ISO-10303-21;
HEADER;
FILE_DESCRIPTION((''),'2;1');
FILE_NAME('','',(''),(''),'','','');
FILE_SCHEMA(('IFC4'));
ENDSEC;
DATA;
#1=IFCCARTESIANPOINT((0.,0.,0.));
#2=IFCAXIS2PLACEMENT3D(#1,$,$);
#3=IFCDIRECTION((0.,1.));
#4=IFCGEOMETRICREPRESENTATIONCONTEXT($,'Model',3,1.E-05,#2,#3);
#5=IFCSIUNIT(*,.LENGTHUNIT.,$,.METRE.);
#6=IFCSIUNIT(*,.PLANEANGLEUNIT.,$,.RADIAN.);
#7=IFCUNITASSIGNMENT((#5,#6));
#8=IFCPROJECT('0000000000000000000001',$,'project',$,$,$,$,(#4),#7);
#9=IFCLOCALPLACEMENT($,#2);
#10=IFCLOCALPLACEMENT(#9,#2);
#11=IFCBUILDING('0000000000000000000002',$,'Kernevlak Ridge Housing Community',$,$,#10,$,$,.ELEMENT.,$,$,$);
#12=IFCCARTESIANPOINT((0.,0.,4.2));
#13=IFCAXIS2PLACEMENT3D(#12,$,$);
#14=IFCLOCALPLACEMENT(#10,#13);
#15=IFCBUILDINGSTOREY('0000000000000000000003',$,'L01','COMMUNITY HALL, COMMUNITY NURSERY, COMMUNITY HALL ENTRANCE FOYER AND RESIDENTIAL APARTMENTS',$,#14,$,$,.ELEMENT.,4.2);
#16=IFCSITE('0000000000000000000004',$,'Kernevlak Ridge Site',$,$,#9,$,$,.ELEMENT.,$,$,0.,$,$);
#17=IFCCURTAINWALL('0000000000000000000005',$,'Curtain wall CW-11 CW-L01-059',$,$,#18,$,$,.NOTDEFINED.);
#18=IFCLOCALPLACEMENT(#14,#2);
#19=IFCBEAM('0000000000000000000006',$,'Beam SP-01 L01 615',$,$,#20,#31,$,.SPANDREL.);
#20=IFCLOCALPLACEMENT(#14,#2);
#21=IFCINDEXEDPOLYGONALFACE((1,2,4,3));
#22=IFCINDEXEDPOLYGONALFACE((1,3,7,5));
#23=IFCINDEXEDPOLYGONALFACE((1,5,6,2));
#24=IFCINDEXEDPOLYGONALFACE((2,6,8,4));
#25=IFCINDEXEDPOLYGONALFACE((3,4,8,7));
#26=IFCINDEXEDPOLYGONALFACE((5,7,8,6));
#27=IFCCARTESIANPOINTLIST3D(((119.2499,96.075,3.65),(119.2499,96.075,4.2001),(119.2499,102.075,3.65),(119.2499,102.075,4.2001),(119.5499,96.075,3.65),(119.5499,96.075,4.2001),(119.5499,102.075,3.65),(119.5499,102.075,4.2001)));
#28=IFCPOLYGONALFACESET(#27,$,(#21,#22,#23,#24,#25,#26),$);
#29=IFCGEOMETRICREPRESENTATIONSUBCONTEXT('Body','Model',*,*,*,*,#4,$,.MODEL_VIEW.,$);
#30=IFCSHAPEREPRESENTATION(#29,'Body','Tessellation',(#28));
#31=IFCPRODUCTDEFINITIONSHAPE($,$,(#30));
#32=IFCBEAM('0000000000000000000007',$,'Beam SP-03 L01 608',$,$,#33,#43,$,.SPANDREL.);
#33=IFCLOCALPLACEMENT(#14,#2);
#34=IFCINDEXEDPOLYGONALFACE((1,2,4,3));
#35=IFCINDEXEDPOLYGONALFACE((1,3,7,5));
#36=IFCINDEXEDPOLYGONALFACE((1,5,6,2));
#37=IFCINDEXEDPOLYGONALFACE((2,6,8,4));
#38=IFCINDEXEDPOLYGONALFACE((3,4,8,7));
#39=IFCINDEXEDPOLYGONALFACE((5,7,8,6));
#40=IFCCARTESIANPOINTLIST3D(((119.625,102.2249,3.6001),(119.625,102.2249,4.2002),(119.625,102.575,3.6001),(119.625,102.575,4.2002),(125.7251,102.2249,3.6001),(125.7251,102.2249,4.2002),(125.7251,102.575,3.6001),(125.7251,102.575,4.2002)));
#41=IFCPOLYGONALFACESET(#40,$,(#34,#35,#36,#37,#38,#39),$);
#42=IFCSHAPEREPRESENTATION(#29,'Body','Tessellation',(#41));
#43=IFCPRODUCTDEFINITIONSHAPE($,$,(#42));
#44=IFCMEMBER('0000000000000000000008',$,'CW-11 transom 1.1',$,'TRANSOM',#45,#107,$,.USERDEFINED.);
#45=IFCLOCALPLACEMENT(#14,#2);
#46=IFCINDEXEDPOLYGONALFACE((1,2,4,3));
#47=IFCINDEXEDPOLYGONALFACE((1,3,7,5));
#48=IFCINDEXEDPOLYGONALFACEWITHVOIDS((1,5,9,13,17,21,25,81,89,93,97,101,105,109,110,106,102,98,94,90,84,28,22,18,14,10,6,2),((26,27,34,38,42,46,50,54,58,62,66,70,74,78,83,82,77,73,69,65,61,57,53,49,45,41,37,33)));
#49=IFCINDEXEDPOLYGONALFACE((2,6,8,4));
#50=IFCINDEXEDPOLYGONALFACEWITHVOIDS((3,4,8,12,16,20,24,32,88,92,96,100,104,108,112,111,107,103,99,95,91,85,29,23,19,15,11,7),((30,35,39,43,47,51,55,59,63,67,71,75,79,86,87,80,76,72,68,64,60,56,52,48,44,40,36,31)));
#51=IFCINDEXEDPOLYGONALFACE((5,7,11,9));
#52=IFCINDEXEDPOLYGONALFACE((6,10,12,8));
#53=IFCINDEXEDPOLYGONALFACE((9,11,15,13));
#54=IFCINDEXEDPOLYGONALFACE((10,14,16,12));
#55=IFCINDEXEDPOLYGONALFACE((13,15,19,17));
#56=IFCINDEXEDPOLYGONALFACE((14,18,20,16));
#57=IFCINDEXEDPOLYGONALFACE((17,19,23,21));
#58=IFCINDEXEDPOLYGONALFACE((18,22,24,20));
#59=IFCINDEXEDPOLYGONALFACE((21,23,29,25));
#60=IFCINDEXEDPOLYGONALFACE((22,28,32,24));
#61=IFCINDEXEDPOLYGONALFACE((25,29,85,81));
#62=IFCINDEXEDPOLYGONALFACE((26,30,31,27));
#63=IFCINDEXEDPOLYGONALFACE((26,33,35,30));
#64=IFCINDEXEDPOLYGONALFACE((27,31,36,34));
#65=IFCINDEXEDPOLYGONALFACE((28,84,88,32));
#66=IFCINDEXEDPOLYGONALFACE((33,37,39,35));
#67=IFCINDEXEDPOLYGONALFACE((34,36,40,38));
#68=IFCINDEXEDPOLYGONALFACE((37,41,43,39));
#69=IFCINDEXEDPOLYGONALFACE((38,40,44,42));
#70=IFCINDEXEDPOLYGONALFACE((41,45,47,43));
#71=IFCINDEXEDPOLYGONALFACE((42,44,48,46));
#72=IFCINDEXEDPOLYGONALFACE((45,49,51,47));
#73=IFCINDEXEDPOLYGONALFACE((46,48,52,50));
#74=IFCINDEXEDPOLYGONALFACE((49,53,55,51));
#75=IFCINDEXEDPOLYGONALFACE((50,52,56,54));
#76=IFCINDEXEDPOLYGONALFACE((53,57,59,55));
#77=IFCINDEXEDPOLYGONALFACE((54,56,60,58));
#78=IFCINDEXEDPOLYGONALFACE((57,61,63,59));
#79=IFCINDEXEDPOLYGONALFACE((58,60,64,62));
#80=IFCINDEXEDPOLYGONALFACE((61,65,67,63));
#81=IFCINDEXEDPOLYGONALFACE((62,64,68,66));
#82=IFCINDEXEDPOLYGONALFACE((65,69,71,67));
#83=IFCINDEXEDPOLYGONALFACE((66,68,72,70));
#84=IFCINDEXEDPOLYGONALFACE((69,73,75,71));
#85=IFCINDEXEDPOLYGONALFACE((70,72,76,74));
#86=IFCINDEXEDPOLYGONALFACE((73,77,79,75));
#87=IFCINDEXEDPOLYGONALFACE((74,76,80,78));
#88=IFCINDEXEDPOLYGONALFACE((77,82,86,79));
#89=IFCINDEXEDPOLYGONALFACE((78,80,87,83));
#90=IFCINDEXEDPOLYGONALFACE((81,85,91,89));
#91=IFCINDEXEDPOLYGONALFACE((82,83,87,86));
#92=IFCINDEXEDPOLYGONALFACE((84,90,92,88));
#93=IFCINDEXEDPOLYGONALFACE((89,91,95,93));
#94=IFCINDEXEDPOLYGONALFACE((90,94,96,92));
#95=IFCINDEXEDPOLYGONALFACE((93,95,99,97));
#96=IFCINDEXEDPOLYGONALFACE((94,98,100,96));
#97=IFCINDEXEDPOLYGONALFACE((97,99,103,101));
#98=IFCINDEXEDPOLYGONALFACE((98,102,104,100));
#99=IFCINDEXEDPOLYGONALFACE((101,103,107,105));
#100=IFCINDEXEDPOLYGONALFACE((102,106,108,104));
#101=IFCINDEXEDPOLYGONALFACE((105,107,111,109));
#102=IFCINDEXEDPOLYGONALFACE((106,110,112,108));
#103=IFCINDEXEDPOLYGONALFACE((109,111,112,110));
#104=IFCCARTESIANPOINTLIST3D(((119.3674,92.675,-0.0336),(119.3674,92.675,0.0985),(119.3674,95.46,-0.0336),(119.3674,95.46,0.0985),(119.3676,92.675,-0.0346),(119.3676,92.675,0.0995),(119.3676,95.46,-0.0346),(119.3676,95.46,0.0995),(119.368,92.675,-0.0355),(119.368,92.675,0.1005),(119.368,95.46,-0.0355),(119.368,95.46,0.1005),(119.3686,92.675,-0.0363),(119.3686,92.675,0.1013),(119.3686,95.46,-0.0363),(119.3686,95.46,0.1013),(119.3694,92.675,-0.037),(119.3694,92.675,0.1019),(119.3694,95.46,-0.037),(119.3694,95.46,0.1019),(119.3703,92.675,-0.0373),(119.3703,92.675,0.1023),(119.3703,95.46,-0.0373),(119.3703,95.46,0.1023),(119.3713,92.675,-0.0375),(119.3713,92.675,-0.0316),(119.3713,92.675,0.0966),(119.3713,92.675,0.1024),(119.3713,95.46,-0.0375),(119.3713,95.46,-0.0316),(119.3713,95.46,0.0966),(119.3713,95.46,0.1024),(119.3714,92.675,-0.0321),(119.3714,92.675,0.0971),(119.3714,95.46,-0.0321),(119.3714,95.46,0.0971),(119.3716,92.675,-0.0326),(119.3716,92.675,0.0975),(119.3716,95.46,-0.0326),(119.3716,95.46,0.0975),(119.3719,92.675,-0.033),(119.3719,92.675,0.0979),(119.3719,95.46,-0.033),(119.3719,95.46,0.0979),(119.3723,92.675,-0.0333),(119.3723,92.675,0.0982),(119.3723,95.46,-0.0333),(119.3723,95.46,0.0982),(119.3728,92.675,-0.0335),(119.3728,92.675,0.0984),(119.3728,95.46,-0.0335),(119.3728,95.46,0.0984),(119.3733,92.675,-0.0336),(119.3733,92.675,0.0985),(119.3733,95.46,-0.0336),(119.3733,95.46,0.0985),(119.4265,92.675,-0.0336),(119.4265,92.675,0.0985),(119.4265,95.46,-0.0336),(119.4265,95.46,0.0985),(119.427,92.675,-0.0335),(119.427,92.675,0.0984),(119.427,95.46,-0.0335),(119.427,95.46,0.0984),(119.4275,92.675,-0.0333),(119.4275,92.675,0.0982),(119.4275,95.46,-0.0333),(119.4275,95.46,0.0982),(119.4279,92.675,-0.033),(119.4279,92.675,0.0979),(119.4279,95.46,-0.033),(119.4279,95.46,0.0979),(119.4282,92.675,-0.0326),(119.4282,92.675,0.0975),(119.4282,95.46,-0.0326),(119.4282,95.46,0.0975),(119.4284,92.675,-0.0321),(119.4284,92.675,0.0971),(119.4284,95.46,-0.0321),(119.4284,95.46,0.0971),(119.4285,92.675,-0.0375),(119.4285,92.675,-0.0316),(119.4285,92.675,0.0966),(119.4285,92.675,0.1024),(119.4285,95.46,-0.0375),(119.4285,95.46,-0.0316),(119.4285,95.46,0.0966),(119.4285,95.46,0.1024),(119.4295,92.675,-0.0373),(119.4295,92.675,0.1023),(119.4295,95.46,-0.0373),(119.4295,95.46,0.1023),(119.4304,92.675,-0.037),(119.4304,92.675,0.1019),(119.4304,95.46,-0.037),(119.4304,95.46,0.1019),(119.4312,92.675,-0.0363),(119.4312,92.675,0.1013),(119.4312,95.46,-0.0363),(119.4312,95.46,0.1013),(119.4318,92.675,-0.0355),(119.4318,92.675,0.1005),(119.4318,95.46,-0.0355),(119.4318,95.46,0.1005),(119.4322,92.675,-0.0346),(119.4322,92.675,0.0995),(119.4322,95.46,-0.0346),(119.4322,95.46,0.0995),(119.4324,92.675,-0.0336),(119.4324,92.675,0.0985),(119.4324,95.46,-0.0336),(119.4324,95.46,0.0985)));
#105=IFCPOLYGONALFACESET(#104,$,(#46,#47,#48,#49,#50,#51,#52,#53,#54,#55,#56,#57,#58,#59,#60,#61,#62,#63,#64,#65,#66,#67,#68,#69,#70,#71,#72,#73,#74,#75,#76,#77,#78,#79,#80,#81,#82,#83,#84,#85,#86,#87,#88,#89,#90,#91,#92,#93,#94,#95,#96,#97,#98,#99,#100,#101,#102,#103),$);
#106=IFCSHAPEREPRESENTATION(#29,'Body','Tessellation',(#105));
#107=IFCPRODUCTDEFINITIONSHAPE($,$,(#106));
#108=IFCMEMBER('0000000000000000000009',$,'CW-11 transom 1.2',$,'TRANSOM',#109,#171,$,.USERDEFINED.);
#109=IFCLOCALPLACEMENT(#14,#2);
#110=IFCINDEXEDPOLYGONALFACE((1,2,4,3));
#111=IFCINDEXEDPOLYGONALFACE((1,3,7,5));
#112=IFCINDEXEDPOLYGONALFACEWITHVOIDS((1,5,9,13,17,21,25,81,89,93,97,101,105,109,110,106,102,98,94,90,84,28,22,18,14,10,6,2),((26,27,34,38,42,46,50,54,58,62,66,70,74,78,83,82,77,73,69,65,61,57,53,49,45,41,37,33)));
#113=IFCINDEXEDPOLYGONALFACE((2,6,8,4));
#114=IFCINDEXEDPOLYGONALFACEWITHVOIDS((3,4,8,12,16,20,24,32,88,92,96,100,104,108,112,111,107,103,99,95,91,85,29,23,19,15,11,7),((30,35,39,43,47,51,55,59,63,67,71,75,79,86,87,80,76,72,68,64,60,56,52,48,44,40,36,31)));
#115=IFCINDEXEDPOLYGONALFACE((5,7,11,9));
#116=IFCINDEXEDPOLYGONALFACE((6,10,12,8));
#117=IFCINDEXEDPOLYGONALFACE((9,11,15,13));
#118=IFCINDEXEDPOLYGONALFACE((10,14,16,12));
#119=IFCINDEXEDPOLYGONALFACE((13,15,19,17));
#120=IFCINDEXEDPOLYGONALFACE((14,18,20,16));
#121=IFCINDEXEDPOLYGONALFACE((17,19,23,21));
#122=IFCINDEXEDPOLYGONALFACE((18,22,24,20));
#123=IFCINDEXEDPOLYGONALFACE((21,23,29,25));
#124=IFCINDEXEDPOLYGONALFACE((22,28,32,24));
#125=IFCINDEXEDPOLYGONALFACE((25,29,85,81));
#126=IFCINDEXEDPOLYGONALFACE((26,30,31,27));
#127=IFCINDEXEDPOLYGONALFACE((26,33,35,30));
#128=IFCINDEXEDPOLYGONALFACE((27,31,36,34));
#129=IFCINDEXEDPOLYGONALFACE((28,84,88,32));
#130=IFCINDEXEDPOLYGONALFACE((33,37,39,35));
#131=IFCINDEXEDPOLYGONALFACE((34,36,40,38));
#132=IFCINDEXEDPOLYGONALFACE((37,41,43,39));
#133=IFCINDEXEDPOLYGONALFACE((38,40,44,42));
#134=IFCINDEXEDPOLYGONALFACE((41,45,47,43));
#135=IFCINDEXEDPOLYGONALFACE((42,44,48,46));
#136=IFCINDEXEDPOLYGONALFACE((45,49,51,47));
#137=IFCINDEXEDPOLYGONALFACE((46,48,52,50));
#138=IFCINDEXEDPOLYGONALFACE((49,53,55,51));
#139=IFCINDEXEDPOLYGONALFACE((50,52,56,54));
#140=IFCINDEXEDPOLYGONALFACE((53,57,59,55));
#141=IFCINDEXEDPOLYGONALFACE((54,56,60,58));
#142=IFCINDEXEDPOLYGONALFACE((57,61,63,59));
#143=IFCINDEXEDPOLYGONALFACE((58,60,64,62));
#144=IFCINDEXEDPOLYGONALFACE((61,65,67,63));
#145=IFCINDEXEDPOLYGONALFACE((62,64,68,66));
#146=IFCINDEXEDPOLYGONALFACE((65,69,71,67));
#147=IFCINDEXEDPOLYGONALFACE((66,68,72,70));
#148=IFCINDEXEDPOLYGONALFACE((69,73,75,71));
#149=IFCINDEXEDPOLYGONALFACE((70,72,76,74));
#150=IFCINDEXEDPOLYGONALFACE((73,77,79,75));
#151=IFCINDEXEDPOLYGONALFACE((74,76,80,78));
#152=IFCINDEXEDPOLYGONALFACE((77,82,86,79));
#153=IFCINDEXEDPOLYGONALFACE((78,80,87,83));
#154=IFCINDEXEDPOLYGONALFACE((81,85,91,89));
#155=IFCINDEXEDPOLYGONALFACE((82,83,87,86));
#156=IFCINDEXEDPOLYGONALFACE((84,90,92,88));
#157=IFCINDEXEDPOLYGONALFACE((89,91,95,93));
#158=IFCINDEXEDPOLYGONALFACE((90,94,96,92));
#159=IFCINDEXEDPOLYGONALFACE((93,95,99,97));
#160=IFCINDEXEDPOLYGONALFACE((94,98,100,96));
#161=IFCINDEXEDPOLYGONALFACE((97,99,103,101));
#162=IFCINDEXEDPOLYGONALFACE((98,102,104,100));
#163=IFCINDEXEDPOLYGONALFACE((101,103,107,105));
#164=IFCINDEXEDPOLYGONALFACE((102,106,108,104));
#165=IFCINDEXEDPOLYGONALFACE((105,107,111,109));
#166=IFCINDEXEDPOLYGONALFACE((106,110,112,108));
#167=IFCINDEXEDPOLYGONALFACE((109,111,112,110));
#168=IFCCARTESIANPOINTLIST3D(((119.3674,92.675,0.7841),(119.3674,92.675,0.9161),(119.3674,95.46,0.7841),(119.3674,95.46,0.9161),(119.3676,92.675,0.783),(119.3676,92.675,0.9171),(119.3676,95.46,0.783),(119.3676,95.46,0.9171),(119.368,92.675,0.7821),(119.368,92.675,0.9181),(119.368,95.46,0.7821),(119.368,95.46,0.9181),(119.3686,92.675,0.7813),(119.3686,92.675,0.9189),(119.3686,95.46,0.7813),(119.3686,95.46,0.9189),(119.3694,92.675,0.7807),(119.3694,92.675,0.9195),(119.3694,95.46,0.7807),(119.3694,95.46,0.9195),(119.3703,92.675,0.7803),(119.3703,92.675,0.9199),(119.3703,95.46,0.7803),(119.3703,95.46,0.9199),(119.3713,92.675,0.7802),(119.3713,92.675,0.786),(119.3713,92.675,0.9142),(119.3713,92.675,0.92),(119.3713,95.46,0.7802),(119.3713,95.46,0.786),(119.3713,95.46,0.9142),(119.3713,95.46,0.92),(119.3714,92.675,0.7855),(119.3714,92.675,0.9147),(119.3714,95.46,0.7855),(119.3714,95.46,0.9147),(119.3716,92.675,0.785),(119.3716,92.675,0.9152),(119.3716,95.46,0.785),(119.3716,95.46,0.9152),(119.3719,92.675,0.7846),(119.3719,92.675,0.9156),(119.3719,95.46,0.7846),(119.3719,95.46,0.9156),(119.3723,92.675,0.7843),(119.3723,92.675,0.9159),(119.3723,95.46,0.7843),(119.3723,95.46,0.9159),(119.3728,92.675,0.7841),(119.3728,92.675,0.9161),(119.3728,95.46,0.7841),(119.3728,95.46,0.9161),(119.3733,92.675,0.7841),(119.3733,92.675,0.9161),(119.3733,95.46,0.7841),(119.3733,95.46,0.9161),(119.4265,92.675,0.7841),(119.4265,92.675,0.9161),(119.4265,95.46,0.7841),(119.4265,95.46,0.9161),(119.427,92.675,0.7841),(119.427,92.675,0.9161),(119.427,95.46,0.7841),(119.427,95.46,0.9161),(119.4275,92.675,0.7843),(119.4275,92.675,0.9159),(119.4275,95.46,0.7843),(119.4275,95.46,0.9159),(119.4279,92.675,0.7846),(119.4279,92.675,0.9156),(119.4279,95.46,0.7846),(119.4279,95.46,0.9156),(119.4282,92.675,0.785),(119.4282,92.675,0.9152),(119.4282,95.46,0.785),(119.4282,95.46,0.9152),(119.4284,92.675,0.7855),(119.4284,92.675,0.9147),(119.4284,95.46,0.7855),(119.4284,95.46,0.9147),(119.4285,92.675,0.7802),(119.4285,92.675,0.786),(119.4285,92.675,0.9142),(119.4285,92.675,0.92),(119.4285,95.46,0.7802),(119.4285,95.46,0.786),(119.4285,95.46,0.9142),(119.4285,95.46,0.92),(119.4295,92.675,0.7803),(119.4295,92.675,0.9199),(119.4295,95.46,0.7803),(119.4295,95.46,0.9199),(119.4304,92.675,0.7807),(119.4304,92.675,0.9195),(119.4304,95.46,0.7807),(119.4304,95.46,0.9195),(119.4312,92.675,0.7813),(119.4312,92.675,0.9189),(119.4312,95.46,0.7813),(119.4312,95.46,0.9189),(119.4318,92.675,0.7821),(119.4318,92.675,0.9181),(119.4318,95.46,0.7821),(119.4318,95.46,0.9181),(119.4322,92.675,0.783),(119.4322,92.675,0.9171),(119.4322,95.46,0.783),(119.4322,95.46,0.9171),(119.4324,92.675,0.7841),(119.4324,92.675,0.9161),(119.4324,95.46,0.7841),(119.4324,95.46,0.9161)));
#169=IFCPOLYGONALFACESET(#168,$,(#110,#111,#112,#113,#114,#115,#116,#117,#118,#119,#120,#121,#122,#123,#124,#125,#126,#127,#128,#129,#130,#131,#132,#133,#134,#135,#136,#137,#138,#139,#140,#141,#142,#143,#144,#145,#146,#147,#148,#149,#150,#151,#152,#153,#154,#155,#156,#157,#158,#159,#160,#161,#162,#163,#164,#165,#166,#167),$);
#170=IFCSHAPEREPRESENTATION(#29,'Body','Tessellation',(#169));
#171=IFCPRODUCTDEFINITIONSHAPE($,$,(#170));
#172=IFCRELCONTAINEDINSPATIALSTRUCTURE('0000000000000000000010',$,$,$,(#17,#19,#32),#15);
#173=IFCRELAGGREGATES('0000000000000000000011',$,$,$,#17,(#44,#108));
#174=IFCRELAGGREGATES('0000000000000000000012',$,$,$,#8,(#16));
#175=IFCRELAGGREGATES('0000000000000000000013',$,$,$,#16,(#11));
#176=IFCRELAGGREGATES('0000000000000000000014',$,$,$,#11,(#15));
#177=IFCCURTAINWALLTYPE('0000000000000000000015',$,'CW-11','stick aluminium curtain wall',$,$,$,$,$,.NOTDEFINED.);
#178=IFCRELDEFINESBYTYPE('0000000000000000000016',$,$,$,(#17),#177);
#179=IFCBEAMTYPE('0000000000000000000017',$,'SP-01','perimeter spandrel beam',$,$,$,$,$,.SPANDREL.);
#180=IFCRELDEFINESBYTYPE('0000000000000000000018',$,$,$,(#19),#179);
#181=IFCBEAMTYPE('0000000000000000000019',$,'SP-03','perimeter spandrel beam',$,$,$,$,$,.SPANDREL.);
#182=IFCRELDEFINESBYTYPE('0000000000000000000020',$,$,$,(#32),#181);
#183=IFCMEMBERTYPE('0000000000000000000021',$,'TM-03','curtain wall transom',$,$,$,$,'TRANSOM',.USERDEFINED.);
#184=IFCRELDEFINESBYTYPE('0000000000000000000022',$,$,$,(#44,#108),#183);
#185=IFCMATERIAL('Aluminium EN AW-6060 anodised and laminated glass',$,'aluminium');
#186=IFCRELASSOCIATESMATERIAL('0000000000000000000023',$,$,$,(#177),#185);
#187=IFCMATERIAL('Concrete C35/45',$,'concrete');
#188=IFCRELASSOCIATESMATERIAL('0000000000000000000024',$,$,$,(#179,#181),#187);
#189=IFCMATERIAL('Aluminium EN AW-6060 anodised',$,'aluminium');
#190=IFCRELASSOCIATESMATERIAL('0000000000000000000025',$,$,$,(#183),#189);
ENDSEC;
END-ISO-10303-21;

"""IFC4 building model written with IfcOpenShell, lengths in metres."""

from ifc_helpers import new_model, si_unit, direction, frame, origin, origin_2d, place, context, subcontext, project, spatial, rectangle, hollow_rectangle, extrude, material, material_profile, profile_set, type_object, element, aggregate, save


model = new_model("IFC4")

# Units and contexts
model_context = context("Model", 3, precision=1e-05, world=origin(), true_north=direction((0.0, 1.0)))
body_context = subcontext(model_context, "Body", "Model", "MODEL_VIEW")
ifc_project = project(units=[si_unit("LENGTHUNIT", "METRE"), si_unit("PLANEANGLEUNIT", "RADIAN")], contexts=[model_context])

# Site, building, storey
site_placement = place(None, origin())
site = spatial("IfcSite", under=ifc_project, at=site_placement, Name="Kernevlak Ridge Site", CompositionType="ELEMENT", RefElevation=0.0)
building_placement = place(site_placement, origin())
building = spatial("IfcBuilding", under=site, at=building_placement, Name="Kernevlak Ridge Housing Community", CompositionType="ELEMENT")
storey_placement = place(building_placement, frame((0.0, 0.0, 4.2)))
storey = spatial("IfcBuildingStorey", under=building, at=storey_placement, Name="L01", Description="COMMUNITY HALL, COMMUNITY NURSERY, COMMUNITY HALL ENTRANCE FOYER AND RESIDENTIAL APARTMENTS", CompositionType="ELEMENT", Elevation=4.2)

# Shared definitions
ifc_material_1 = material(Name="Concrete C35/45", Category="concrete")

# Curtain wall
ifc_material_2 = material(Name="Aluminium EN AW-6060 anodised and laminated glass", Category="aluminium")
curtain_wall_type = type_object("IfcCurtainWallType", Name="CW-11", Description="stick aluminium curtain wall", PredefinedType="NOTDEFINED", material=ifc_material_2)
curtain_wall_placement = place(storey_placement, origin())
curtain_wall = element("IfcCurtainWall", 1, at=curtain_wall_placement, inside=storey, type_object=curtain_wall_type, Name="Curtain wall CW-11 CW-L01-059", PredefinedType="NOTDEFINED")
ifc_material_3 = material(Name="Aluminium EN AW-6060 anodised", Category="aluminium")

# Beams
ifc_material_profile_1 = material_profile(ifc_material_1, rectangle(XDim=0.3, YDim=0.55, at=origin_2d()), Name="RC 300x550")
ifc_profile_set_1 = profile_set([ifc_material_profile_1], Name="Concrete C35/45")
beam_type_1 = type_object("IfcBeamType", Name="SP-01", Description="perimeter spandrel beam", PredefinedType="SPANDREL", material=ifc_profile_set_1)
beam_1_placement = place(storey_placement, frame((119.3999, 96.075, 3.925), z_axis=(0.0, 1.0, 0.0), x_axis=(-1.0, 0.0, 0.0)))
element("IfcBeam", 2, at=beam_1_placement, inside=storey, type_object=beam_type_1, Name="Beam SP-01 L01 615", PredefinedType="SPANDREL", context=body_context, shape_type="SweptSolid", body=[
    extrude(rectangle(XDim=0.3, YDim=0.55, at=origin_2d()), origin(), (0.0, 0.0, 1.0), 6.0),
])
ifc_material_profile_2 = material_profile(ifc_material_1, rectangle(XDim=0.3501, YDim=0.6001, at=origin_2d()), Name="RC 350x600")
ifc_profile_set_2 = profile_set([ifc_material_profile_2], Name="Concrete C35/45")
beam_type_2 = type_object("IfcBeamType", Name="SP-03", Description="perimeter spandrel beam", PredefinedType="SPANDREL", material=ifc_profile_set_2)
beam_2_placement = place(storey_placement, frame((119.625, 102.3999, 3.9001), z_axis=(1.0, 0.0, 0.0), x_axis=(0.0, 1.0, 0.0)))
element("IfcBeam", 3, at=beam_2_placement, inside=storey, type_object=beam_type_2, Name="Beam SP-03 L01 608", PredefinedType="SPANDREL", context=body_context, shape_type="SweptSolid", body=[
    extrude(rectangle(XDim=0.3501, YDim=0.6001, at=origin_2d()), origin(), (0.0, 0.0, 1.0), 6.1001),
])

# Members
ifc_material_profile_3 = material_profile(ifc_material_3, hollow_rectangle(XDim=0.0649, YDim=0.1399, WallThickness=0.0039, InnerFilletRadius=0.002, OuterFilletRadius=0.0039, at=origin_2d()), Name="ALU 65x140x4")
ifc_profile_set_3 = profile_set([ifc_material_profile_3], Name="Aluminium EN AW-6060 anodised")
member_type_1 = type_object("IfcMemberType", Name="TM-03", Description="curtain wall transom", ElementType="TRANSOM", PredefinedType="USERDEFINED", material=ifc_profile_set_3)
member_1_placement = place(storey_placement, frame((119.3999, 92.675, 0.0325), z_axis=(0.0, 1.0, 0.0), x_axis=(-1.0, 0.0, 0.0)))
member_1 = element("IfcMember", 4, at=member_1_placement, type_object=member_type_1, Name="CW-11 transom 1.1", ObjectType="TRANSOM", PredefinedType="USERDEFINED", context=body_context, shape_type="SweptSolid", body=[
    extrude(hollow_rectangle(XDim=0.0649, YDim=0.1399, WallThickness=0.0039, InnerFilletRadius=0.002, OuterFilletRadius=0.0039, at=origin_2d()), origin(), (0.0, 0.0, 1.0), 2.7849),
])
member_2_placement = place(storey_placement, frame((119.3999, 92.675, 0.8501), z_axis=(0.0, 1.0, 0.0), x_axis=(-1.0, 0.0, 0.0)))
member_2 = element("IfcMember", 5, at=member_2_placement, type_object=member_type_1, Name="CW-11 transom 1.2", ObjectType="TRANSOM", PredefinedType="USERDEFINED", context=body_context, shape_type="SweptSolid", body=[
    extrude(hollow_rectangle(XDim=0.0649, YDim=0.1399, WallThickness=0.0039, InnerFilletRadius=0.002, OuterFilletRadius=0.0039, at=origin_2d()), origin(), (0.0, 0.0, 1.0), 2.7849),
])

aggregate(curtain_wall, [member_1, member_2])

save(model, "model.ifc")
